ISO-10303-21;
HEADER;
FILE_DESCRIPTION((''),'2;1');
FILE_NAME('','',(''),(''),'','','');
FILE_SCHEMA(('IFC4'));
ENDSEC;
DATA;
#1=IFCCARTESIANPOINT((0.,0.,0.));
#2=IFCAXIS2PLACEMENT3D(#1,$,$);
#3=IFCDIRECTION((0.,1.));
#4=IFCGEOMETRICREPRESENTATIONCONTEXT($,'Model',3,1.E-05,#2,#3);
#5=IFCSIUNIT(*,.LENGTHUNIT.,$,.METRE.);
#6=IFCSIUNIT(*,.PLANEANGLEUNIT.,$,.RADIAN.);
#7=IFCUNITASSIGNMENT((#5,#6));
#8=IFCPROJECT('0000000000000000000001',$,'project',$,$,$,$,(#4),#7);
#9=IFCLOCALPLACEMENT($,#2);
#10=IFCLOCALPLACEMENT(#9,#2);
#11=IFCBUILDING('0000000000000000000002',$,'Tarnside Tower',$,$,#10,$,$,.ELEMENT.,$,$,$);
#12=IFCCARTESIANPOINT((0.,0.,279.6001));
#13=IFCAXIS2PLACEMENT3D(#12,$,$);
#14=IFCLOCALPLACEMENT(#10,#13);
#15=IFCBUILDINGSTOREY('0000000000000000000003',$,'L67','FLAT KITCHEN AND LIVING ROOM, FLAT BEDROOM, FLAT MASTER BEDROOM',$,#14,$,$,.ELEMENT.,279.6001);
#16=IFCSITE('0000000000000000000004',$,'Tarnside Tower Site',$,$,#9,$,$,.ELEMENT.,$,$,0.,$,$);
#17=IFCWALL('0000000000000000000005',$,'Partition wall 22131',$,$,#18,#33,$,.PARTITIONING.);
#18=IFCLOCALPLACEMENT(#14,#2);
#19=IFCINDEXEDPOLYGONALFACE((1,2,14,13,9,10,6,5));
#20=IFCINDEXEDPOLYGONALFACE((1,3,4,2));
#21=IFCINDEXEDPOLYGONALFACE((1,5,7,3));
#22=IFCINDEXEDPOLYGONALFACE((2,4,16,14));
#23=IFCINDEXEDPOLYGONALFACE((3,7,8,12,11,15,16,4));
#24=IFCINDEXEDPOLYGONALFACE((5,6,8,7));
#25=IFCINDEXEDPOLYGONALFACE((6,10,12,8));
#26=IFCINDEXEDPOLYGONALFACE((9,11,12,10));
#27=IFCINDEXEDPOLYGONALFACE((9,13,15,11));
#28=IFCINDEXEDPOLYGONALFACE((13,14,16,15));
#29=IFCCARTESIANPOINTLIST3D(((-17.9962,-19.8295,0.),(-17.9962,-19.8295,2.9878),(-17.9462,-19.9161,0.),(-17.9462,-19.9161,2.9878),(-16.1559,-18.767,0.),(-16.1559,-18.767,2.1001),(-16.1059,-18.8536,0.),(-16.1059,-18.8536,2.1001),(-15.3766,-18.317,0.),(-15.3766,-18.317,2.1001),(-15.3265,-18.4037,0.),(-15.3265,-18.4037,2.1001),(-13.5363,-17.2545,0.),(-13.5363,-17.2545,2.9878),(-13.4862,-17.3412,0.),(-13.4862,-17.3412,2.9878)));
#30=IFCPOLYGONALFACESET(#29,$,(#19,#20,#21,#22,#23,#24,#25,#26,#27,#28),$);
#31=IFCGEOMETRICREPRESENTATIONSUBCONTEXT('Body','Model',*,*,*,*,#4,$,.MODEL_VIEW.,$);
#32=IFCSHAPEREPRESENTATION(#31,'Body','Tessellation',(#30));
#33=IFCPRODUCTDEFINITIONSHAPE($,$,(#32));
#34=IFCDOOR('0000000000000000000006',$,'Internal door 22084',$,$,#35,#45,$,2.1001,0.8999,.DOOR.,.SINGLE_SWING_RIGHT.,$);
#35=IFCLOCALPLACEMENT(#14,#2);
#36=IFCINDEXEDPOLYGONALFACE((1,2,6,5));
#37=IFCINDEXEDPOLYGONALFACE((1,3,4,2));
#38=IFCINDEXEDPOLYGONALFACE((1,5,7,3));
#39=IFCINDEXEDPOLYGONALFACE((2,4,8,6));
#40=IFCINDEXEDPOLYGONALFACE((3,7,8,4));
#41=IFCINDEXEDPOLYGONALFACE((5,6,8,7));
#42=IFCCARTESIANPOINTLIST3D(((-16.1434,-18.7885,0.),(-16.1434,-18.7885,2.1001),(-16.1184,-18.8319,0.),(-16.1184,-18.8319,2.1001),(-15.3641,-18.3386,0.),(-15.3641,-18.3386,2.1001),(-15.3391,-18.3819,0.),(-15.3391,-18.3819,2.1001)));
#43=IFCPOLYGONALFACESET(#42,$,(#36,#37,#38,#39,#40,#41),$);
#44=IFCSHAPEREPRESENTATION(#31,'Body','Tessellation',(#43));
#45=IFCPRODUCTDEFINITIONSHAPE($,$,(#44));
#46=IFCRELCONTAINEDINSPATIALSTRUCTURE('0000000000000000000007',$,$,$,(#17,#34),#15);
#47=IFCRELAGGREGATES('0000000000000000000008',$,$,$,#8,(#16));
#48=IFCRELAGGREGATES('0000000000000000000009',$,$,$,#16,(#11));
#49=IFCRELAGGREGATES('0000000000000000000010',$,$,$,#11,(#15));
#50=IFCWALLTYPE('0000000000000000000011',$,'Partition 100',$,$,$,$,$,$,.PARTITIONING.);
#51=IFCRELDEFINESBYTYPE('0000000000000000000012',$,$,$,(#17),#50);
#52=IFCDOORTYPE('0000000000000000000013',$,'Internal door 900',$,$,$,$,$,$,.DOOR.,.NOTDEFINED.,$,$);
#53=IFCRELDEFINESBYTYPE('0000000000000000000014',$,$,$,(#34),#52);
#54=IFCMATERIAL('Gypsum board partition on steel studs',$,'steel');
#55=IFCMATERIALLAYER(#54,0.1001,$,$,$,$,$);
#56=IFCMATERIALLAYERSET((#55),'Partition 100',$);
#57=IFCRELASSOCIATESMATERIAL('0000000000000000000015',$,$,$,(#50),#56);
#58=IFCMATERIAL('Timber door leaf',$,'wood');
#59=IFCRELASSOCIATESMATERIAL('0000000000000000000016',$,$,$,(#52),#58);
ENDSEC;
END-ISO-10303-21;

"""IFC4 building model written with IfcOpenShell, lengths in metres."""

from ifc_helpers import new_model, si_unit, direction, frame, frame_2d, origin, place, context, subcontext, project, spatial, rectangle, extrude, material, layer, layer_set, type_object, element, fill, save


model = new_model("IFC4")

# Units and contexts
model_context = context("Model", 3, precision=1e-05, world=origin(), true_north=direction((0.0, 1.0)))
body_context = subcontext(model_context, "Body", "Model", "MODEL_VIEW")
ifc_project = project(units=[si_unit("LENGTHUNIT", "METRE"), si_unit("PLANEANGLEUNIT", "RADIAN")], contexts=[model_context])

# Site, building, storey
site_placement = place(None, origin())
site = spatial("IfcSite", under=ifc_project, at=site_placement, Name="Tarnside Tower Site", CompositionType="ELEMENT", RefElevation=0.0)
building_placement = place(site_placement, origin())
building = spatial("IfcBuilding", under=site, at=building_placement, Name="Tarnside Tower", CompositionType="ELEMENT")
storey_placement = place(building_placement, frame((0.0, 0.0, 279.6001)))
storey = spatial("IfcBuildingStorey", under=building, at=storey_placement, Name="L67", Description="FLAT KITCHEN AND LIVING ROOM, FLAT BEDROOM, FLAT MASTER BEDROOM", CompositionType="ELEMENT", Elevation=279.6001)

# Shared definitions
ifc_material_1 = material(Name="Gypsum board partition on steel studs", Category="steel")

# Shared definitions
ifc_material_2 = material(Name="Timber door leaf", Category="wood")

# Wall, opening, door
ifc_layer_1 = layer(ifc_material_1, 0.1001)
ifc_layer_set_1 = layer_set([ifc_layer_1], Name="Partition 100")
wall_type_1 = type_object("IfcWallType", Name="Partition 100", PredefinedType="PARTITIONING", material=ifc_layer_set_1)
wall_1_placement = place(storey_placement, frame((-13.5112, -17.2979, 0.0), z_axis=(0.0, 0.0, 1.0), x_axis=(-0.866026, -0.499999, 0.0)))
wall_1 = element("IfcWall", 1, at=wall_1_placement, inside=storey, type_object=wall_type_1, Name="Partition wall 22131", PredefinedType="PARTITIONING", context=body_context, shape_type="SweptSolid", body=[
    extrude(rectangle(XDim=5.1499, YDim=0.1001, at=frame_2d((2.575, 0.0))), origin(), (0.0, 0.0, 1.0), 2.9878),
])
opening_1_placement = place(wall_1_placement, frame((2.125, 0.0, 0.0)))
opening_1 = element("IfcOpeningElement", 2, at=opening_1_placement, cuts=wall_1, PredefinedType="OPENING", context=body_context, shape_type="SweptSolid", body=[
    extrude(rectangle(XDim=0.8999, YDim=2.1001, at=frame_2d((0.45, 1.05))), frame((0.0, 0.0601, 0.0), z_axis=(0.0, -1.0, 0.0), x_axis=(1.0, 0.0, 0.0)), (0.0, 0.0, 1.0), 0.1201),
])
door_type_1 = type_object("IfcDoorType", Name="Internal door 900", OperationType="NOTDEFINED", PredefinedType="DOOR", material=ifc_material_2)
door_1_placement = place(opening_1_placement, origin())
door_1 = element("IfcDoor", 3, at=door_1_placement, inside=storey, type_object=door_type_1, Name="Internal door 22084", OperationType="SINGLE_SWING_RIGHT", OverallHeight=2.1001, OverallWidth=0.8999, PredefinedType="DOOR", context=body_context, shape_type="SweptSolid", body=[
    extrude(rectangle(XDim=0.8999, YDim=2.1001, at=frame_2d((0.45, 1.05))), frame((0.0, 0.0249, 0.0), z_axis=(0.0, -1.0, 0.0), x_axis=(1.0, 0.0, 0.0)), (0.0, 0.0, 1.0), 0.05),
])
fill(opening_1, door_1)

save(model, "model.ifc")
